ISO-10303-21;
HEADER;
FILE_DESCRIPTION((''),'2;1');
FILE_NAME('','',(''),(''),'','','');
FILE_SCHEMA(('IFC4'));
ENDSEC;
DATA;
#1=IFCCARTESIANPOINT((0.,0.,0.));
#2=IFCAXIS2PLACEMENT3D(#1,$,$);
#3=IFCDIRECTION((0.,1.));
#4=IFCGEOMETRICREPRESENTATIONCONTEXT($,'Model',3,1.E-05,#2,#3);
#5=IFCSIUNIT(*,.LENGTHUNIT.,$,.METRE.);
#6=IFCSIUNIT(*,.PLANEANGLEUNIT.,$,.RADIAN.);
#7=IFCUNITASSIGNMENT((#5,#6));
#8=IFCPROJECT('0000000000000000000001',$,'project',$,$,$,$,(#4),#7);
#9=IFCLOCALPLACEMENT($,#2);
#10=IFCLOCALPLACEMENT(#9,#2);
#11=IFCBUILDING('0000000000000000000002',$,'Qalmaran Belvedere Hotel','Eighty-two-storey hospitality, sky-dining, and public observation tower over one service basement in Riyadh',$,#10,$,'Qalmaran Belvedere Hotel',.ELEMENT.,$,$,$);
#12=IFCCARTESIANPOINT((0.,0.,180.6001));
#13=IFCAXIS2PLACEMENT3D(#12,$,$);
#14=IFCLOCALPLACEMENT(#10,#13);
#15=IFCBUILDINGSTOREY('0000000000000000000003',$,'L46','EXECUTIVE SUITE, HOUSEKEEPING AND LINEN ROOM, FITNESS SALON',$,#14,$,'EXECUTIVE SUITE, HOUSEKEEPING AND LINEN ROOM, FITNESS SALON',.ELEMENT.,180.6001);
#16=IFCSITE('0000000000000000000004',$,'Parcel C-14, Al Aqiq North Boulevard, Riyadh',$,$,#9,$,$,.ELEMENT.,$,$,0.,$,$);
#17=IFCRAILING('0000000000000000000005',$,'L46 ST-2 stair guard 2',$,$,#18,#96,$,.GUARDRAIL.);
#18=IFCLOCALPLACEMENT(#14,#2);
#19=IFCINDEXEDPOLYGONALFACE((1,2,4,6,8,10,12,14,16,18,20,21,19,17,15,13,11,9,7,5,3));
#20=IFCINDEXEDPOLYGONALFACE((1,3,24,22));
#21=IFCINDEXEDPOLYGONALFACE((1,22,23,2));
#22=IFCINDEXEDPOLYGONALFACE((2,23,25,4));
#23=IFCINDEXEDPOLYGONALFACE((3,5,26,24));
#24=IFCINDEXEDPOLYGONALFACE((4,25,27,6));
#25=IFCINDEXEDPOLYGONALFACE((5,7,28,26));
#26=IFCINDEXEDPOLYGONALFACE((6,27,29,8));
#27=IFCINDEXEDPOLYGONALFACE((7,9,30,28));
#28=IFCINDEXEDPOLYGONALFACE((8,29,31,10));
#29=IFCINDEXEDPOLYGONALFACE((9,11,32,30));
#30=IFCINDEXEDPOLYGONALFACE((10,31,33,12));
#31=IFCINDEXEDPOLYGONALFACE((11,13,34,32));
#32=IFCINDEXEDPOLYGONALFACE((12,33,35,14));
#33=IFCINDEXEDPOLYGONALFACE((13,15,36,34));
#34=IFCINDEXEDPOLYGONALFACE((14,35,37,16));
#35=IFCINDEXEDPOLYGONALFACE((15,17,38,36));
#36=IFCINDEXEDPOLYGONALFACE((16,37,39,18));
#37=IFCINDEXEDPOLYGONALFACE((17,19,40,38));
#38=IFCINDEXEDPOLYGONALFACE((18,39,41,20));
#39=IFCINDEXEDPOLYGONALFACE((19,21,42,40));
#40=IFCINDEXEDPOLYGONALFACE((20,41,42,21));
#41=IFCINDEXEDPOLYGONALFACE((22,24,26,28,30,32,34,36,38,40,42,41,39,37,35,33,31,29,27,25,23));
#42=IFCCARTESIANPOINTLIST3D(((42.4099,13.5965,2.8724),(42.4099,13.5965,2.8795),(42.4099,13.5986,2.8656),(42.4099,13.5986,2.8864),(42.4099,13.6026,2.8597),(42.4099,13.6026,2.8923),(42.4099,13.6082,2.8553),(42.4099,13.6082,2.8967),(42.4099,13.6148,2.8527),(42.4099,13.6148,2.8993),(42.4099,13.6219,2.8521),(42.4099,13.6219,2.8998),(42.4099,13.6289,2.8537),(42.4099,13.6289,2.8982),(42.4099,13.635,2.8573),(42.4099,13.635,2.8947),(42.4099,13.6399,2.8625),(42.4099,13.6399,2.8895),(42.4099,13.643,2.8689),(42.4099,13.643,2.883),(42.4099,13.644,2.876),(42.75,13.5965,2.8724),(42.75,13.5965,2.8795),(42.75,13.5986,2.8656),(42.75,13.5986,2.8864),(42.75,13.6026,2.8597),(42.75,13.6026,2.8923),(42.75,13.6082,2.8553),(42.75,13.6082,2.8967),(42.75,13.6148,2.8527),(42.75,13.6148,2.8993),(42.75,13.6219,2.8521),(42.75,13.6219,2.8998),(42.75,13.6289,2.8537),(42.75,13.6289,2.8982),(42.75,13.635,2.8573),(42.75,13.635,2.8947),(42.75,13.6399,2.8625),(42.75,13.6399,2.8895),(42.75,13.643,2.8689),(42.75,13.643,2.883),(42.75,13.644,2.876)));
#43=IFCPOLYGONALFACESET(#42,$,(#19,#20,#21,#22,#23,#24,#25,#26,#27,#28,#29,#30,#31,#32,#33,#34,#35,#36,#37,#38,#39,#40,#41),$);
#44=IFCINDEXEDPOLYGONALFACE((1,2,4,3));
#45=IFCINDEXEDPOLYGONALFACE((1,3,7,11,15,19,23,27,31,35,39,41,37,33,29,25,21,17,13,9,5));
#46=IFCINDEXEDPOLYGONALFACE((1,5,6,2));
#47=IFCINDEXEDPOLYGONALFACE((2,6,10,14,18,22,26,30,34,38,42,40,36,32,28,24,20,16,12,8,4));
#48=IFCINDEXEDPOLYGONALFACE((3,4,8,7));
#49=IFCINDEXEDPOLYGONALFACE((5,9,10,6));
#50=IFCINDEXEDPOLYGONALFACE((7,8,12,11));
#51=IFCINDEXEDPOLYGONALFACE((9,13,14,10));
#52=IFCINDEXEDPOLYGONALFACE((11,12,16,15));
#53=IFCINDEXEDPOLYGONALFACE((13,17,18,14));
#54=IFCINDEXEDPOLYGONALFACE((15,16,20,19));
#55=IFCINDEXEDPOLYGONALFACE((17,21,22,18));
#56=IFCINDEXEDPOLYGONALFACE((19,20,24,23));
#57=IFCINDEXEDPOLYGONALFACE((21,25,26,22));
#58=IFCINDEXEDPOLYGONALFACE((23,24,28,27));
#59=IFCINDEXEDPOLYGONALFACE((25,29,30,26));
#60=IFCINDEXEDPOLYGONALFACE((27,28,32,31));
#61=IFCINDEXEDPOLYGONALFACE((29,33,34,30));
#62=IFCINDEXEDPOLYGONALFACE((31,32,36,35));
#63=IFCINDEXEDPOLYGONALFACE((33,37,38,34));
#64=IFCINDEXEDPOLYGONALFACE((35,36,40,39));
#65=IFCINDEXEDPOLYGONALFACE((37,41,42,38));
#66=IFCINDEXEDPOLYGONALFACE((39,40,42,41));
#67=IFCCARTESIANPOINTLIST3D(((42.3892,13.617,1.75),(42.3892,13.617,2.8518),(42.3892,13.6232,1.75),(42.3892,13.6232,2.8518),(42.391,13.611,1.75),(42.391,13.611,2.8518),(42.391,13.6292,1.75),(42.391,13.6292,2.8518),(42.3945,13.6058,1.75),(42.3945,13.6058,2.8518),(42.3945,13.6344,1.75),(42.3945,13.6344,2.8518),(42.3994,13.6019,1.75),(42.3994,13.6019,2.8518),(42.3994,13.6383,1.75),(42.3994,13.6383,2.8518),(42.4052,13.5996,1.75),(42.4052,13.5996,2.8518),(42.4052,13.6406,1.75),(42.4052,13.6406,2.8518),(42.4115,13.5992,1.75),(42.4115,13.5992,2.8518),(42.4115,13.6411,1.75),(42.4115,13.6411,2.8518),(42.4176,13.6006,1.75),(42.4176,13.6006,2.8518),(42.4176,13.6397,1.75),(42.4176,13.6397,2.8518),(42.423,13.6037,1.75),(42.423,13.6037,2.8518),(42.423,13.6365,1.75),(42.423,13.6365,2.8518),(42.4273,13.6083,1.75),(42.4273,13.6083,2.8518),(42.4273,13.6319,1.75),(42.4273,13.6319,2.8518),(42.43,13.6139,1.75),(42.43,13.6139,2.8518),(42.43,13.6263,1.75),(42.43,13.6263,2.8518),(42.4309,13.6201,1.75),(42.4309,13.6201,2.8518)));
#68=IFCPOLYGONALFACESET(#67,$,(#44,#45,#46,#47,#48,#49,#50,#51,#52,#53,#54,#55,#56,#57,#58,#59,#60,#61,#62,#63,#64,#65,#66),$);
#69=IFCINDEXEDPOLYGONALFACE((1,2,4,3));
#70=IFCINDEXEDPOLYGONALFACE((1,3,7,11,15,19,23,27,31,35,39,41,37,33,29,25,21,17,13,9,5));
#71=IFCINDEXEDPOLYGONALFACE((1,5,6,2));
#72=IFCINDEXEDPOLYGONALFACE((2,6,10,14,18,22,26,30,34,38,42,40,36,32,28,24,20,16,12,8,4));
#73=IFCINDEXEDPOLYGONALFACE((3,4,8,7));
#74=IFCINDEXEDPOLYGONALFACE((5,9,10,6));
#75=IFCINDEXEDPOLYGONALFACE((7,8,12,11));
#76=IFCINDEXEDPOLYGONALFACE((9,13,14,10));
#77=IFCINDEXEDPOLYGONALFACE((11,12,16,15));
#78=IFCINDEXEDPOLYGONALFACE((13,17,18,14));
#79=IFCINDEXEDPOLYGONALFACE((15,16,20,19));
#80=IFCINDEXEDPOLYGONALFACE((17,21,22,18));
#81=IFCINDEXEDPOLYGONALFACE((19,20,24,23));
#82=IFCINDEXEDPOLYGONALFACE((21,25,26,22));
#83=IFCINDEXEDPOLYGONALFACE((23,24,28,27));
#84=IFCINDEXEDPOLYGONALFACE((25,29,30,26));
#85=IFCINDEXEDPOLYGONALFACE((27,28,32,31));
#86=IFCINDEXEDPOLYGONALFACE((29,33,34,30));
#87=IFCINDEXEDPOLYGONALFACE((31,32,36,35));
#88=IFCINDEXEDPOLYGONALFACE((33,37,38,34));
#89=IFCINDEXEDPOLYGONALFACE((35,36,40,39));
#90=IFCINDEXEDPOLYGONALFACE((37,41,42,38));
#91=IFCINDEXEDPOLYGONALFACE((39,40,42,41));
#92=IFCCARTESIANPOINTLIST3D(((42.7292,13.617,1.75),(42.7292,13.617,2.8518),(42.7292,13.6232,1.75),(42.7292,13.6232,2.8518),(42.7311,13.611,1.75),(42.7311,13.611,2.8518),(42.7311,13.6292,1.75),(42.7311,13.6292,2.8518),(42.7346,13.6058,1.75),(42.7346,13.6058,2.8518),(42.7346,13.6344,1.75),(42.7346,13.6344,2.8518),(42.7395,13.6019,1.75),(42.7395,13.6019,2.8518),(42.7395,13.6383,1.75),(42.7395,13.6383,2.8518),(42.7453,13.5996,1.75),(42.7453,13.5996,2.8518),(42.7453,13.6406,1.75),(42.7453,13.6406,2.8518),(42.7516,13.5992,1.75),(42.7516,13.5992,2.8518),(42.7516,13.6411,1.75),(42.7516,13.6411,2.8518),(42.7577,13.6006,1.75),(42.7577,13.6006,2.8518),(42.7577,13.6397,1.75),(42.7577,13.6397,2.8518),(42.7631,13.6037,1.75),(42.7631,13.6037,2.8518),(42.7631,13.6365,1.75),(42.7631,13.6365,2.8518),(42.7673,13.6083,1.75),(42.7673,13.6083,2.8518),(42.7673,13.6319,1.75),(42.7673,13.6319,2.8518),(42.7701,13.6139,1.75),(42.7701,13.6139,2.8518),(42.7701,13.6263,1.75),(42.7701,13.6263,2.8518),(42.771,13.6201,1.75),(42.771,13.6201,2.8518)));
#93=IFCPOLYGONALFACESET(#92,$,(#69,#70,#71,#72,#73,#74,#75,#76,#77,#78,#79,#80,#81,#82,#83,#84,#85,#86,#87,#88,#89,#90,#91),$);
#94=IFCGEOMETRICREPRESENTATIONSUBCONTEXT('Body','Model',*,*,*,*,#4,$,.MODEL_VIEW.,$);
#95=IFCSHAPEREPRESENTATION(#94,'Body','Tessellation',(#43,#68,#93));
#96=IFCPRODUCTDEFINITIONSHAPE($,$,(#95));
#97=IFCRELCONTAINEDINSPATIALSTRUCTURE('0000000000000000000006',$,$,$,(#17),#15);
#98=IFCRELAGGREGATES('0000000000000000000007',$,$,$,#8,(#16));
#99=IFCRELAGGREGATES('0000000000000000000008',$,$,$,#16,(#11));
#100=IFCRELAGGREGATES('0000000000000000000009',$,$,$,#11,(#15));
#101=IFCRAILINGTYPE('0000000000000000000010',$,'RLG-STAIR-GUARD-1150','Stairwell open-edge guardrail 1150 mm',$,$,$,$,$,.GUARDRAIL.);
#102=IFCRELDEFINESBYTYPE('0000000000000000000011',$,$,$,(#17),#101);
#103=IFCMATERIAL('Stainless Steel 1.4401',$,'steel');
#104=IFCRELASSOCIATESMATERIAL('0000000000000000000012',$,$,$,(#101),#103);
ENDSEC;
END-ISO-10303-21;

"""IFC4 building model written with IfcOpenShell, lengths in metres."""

from ifc_helpers import new_model, si_unit, direction, frame, origin, origin_2d, place, context, subcontext, project, spatial, circle, extrude, material, type_object, element, save


model = new_model("IFC4")

# Units and contexts
model_context = context("Model", 3, precision=1e-05, world=origin(), true_north=direction((0.0, 1.0)))
body_context = subcontext(model_context, "Body", "Model", "MODEL_VIEW")
ifc_project = project(units=[si_unit("LENGTHUNIT", "METRE"), si_unit("PLANEANGLEUNIT", "RADIAN")], contexts=[model_context])

# Site, building, storey
site_placement = place(None, origin())
site = spatial("IfcSite", under=ifc_project, at=site_placement, Name="Parcel C-14, Al Aqiq North Boulevard, Riyadh", CompositionType="ELEMENT", RefElevation=0.0)
building_placement = place(site_placement, origin())
building = spatial("IfcBuilding", under=site, at=building_placement, Name="Qalmaran Belvedere Hotel", Description="Eighty-two-storey hospitality, sky-dining, and public observation tower over one service basement in Riyadh", LongName="Qalmaran Belvedere Hotel", CompositionType="ELEMENT")
storey_placement = place(building_placement, frame((0.0, 0.0, 180.6001)))
storey = spatial("IfcBuildingStorey", under=building, at=storey_placement, Name="L46", Description="EXECUTIVE SUITE, HOUSEKEEPING AND LINEN ROOM, FITNESS SALON", LongName="EXECUTIVE SUITE, HOUSEKEEPING AND LINEN ROOM, FITNESS SALON", CompositionType="ELEMENT", Elevation=180.6001)

# Railing
ifc_material_1 = material(Name="Stainless Steel 1.4401", Category="steel")
railing_type_1 = type_object("IfcRailingType", Name="RLG-STAIR-GUARD-1150", Description="Stairwell open-edge guardrail 1150 mm", PredefinedType="GUARDRAIL", material=ifc_material_1)
railing_1_placement = place(storey_placement, frame((42.4099, 13.6201, 1.75)))
element("IfcRailing", 1, at=railing_1_placement, inside=storey, type_object=railing_type_1, Name="L46 ST-2 stair guard 2", PredefinedType="GUARDRAIL", context=body_context, shape_type="SweptSolid", body=[
    extrude(circle(Radius=0.0239, at=origin_2d()), frame((0.0, 0.0, 1.126), z_axis=(1.0, 0.0, 0.0), x_axis=(0.0, 1.0, 0.0)), (0.0, 0.0, 1.0), 0.3401),
    extrude(circle(Radius=0.021, at=origin_2d()), origin(), (0.0, 0.0, 1.0), 1.1018),
    extrude(circle(Radius=0.021, at=origin_2d()), frame((0.3401, 0.0, 0.0)), (0.0, 0.0, 1.0), 1.1018),
])

save(model, "model.ifc")
